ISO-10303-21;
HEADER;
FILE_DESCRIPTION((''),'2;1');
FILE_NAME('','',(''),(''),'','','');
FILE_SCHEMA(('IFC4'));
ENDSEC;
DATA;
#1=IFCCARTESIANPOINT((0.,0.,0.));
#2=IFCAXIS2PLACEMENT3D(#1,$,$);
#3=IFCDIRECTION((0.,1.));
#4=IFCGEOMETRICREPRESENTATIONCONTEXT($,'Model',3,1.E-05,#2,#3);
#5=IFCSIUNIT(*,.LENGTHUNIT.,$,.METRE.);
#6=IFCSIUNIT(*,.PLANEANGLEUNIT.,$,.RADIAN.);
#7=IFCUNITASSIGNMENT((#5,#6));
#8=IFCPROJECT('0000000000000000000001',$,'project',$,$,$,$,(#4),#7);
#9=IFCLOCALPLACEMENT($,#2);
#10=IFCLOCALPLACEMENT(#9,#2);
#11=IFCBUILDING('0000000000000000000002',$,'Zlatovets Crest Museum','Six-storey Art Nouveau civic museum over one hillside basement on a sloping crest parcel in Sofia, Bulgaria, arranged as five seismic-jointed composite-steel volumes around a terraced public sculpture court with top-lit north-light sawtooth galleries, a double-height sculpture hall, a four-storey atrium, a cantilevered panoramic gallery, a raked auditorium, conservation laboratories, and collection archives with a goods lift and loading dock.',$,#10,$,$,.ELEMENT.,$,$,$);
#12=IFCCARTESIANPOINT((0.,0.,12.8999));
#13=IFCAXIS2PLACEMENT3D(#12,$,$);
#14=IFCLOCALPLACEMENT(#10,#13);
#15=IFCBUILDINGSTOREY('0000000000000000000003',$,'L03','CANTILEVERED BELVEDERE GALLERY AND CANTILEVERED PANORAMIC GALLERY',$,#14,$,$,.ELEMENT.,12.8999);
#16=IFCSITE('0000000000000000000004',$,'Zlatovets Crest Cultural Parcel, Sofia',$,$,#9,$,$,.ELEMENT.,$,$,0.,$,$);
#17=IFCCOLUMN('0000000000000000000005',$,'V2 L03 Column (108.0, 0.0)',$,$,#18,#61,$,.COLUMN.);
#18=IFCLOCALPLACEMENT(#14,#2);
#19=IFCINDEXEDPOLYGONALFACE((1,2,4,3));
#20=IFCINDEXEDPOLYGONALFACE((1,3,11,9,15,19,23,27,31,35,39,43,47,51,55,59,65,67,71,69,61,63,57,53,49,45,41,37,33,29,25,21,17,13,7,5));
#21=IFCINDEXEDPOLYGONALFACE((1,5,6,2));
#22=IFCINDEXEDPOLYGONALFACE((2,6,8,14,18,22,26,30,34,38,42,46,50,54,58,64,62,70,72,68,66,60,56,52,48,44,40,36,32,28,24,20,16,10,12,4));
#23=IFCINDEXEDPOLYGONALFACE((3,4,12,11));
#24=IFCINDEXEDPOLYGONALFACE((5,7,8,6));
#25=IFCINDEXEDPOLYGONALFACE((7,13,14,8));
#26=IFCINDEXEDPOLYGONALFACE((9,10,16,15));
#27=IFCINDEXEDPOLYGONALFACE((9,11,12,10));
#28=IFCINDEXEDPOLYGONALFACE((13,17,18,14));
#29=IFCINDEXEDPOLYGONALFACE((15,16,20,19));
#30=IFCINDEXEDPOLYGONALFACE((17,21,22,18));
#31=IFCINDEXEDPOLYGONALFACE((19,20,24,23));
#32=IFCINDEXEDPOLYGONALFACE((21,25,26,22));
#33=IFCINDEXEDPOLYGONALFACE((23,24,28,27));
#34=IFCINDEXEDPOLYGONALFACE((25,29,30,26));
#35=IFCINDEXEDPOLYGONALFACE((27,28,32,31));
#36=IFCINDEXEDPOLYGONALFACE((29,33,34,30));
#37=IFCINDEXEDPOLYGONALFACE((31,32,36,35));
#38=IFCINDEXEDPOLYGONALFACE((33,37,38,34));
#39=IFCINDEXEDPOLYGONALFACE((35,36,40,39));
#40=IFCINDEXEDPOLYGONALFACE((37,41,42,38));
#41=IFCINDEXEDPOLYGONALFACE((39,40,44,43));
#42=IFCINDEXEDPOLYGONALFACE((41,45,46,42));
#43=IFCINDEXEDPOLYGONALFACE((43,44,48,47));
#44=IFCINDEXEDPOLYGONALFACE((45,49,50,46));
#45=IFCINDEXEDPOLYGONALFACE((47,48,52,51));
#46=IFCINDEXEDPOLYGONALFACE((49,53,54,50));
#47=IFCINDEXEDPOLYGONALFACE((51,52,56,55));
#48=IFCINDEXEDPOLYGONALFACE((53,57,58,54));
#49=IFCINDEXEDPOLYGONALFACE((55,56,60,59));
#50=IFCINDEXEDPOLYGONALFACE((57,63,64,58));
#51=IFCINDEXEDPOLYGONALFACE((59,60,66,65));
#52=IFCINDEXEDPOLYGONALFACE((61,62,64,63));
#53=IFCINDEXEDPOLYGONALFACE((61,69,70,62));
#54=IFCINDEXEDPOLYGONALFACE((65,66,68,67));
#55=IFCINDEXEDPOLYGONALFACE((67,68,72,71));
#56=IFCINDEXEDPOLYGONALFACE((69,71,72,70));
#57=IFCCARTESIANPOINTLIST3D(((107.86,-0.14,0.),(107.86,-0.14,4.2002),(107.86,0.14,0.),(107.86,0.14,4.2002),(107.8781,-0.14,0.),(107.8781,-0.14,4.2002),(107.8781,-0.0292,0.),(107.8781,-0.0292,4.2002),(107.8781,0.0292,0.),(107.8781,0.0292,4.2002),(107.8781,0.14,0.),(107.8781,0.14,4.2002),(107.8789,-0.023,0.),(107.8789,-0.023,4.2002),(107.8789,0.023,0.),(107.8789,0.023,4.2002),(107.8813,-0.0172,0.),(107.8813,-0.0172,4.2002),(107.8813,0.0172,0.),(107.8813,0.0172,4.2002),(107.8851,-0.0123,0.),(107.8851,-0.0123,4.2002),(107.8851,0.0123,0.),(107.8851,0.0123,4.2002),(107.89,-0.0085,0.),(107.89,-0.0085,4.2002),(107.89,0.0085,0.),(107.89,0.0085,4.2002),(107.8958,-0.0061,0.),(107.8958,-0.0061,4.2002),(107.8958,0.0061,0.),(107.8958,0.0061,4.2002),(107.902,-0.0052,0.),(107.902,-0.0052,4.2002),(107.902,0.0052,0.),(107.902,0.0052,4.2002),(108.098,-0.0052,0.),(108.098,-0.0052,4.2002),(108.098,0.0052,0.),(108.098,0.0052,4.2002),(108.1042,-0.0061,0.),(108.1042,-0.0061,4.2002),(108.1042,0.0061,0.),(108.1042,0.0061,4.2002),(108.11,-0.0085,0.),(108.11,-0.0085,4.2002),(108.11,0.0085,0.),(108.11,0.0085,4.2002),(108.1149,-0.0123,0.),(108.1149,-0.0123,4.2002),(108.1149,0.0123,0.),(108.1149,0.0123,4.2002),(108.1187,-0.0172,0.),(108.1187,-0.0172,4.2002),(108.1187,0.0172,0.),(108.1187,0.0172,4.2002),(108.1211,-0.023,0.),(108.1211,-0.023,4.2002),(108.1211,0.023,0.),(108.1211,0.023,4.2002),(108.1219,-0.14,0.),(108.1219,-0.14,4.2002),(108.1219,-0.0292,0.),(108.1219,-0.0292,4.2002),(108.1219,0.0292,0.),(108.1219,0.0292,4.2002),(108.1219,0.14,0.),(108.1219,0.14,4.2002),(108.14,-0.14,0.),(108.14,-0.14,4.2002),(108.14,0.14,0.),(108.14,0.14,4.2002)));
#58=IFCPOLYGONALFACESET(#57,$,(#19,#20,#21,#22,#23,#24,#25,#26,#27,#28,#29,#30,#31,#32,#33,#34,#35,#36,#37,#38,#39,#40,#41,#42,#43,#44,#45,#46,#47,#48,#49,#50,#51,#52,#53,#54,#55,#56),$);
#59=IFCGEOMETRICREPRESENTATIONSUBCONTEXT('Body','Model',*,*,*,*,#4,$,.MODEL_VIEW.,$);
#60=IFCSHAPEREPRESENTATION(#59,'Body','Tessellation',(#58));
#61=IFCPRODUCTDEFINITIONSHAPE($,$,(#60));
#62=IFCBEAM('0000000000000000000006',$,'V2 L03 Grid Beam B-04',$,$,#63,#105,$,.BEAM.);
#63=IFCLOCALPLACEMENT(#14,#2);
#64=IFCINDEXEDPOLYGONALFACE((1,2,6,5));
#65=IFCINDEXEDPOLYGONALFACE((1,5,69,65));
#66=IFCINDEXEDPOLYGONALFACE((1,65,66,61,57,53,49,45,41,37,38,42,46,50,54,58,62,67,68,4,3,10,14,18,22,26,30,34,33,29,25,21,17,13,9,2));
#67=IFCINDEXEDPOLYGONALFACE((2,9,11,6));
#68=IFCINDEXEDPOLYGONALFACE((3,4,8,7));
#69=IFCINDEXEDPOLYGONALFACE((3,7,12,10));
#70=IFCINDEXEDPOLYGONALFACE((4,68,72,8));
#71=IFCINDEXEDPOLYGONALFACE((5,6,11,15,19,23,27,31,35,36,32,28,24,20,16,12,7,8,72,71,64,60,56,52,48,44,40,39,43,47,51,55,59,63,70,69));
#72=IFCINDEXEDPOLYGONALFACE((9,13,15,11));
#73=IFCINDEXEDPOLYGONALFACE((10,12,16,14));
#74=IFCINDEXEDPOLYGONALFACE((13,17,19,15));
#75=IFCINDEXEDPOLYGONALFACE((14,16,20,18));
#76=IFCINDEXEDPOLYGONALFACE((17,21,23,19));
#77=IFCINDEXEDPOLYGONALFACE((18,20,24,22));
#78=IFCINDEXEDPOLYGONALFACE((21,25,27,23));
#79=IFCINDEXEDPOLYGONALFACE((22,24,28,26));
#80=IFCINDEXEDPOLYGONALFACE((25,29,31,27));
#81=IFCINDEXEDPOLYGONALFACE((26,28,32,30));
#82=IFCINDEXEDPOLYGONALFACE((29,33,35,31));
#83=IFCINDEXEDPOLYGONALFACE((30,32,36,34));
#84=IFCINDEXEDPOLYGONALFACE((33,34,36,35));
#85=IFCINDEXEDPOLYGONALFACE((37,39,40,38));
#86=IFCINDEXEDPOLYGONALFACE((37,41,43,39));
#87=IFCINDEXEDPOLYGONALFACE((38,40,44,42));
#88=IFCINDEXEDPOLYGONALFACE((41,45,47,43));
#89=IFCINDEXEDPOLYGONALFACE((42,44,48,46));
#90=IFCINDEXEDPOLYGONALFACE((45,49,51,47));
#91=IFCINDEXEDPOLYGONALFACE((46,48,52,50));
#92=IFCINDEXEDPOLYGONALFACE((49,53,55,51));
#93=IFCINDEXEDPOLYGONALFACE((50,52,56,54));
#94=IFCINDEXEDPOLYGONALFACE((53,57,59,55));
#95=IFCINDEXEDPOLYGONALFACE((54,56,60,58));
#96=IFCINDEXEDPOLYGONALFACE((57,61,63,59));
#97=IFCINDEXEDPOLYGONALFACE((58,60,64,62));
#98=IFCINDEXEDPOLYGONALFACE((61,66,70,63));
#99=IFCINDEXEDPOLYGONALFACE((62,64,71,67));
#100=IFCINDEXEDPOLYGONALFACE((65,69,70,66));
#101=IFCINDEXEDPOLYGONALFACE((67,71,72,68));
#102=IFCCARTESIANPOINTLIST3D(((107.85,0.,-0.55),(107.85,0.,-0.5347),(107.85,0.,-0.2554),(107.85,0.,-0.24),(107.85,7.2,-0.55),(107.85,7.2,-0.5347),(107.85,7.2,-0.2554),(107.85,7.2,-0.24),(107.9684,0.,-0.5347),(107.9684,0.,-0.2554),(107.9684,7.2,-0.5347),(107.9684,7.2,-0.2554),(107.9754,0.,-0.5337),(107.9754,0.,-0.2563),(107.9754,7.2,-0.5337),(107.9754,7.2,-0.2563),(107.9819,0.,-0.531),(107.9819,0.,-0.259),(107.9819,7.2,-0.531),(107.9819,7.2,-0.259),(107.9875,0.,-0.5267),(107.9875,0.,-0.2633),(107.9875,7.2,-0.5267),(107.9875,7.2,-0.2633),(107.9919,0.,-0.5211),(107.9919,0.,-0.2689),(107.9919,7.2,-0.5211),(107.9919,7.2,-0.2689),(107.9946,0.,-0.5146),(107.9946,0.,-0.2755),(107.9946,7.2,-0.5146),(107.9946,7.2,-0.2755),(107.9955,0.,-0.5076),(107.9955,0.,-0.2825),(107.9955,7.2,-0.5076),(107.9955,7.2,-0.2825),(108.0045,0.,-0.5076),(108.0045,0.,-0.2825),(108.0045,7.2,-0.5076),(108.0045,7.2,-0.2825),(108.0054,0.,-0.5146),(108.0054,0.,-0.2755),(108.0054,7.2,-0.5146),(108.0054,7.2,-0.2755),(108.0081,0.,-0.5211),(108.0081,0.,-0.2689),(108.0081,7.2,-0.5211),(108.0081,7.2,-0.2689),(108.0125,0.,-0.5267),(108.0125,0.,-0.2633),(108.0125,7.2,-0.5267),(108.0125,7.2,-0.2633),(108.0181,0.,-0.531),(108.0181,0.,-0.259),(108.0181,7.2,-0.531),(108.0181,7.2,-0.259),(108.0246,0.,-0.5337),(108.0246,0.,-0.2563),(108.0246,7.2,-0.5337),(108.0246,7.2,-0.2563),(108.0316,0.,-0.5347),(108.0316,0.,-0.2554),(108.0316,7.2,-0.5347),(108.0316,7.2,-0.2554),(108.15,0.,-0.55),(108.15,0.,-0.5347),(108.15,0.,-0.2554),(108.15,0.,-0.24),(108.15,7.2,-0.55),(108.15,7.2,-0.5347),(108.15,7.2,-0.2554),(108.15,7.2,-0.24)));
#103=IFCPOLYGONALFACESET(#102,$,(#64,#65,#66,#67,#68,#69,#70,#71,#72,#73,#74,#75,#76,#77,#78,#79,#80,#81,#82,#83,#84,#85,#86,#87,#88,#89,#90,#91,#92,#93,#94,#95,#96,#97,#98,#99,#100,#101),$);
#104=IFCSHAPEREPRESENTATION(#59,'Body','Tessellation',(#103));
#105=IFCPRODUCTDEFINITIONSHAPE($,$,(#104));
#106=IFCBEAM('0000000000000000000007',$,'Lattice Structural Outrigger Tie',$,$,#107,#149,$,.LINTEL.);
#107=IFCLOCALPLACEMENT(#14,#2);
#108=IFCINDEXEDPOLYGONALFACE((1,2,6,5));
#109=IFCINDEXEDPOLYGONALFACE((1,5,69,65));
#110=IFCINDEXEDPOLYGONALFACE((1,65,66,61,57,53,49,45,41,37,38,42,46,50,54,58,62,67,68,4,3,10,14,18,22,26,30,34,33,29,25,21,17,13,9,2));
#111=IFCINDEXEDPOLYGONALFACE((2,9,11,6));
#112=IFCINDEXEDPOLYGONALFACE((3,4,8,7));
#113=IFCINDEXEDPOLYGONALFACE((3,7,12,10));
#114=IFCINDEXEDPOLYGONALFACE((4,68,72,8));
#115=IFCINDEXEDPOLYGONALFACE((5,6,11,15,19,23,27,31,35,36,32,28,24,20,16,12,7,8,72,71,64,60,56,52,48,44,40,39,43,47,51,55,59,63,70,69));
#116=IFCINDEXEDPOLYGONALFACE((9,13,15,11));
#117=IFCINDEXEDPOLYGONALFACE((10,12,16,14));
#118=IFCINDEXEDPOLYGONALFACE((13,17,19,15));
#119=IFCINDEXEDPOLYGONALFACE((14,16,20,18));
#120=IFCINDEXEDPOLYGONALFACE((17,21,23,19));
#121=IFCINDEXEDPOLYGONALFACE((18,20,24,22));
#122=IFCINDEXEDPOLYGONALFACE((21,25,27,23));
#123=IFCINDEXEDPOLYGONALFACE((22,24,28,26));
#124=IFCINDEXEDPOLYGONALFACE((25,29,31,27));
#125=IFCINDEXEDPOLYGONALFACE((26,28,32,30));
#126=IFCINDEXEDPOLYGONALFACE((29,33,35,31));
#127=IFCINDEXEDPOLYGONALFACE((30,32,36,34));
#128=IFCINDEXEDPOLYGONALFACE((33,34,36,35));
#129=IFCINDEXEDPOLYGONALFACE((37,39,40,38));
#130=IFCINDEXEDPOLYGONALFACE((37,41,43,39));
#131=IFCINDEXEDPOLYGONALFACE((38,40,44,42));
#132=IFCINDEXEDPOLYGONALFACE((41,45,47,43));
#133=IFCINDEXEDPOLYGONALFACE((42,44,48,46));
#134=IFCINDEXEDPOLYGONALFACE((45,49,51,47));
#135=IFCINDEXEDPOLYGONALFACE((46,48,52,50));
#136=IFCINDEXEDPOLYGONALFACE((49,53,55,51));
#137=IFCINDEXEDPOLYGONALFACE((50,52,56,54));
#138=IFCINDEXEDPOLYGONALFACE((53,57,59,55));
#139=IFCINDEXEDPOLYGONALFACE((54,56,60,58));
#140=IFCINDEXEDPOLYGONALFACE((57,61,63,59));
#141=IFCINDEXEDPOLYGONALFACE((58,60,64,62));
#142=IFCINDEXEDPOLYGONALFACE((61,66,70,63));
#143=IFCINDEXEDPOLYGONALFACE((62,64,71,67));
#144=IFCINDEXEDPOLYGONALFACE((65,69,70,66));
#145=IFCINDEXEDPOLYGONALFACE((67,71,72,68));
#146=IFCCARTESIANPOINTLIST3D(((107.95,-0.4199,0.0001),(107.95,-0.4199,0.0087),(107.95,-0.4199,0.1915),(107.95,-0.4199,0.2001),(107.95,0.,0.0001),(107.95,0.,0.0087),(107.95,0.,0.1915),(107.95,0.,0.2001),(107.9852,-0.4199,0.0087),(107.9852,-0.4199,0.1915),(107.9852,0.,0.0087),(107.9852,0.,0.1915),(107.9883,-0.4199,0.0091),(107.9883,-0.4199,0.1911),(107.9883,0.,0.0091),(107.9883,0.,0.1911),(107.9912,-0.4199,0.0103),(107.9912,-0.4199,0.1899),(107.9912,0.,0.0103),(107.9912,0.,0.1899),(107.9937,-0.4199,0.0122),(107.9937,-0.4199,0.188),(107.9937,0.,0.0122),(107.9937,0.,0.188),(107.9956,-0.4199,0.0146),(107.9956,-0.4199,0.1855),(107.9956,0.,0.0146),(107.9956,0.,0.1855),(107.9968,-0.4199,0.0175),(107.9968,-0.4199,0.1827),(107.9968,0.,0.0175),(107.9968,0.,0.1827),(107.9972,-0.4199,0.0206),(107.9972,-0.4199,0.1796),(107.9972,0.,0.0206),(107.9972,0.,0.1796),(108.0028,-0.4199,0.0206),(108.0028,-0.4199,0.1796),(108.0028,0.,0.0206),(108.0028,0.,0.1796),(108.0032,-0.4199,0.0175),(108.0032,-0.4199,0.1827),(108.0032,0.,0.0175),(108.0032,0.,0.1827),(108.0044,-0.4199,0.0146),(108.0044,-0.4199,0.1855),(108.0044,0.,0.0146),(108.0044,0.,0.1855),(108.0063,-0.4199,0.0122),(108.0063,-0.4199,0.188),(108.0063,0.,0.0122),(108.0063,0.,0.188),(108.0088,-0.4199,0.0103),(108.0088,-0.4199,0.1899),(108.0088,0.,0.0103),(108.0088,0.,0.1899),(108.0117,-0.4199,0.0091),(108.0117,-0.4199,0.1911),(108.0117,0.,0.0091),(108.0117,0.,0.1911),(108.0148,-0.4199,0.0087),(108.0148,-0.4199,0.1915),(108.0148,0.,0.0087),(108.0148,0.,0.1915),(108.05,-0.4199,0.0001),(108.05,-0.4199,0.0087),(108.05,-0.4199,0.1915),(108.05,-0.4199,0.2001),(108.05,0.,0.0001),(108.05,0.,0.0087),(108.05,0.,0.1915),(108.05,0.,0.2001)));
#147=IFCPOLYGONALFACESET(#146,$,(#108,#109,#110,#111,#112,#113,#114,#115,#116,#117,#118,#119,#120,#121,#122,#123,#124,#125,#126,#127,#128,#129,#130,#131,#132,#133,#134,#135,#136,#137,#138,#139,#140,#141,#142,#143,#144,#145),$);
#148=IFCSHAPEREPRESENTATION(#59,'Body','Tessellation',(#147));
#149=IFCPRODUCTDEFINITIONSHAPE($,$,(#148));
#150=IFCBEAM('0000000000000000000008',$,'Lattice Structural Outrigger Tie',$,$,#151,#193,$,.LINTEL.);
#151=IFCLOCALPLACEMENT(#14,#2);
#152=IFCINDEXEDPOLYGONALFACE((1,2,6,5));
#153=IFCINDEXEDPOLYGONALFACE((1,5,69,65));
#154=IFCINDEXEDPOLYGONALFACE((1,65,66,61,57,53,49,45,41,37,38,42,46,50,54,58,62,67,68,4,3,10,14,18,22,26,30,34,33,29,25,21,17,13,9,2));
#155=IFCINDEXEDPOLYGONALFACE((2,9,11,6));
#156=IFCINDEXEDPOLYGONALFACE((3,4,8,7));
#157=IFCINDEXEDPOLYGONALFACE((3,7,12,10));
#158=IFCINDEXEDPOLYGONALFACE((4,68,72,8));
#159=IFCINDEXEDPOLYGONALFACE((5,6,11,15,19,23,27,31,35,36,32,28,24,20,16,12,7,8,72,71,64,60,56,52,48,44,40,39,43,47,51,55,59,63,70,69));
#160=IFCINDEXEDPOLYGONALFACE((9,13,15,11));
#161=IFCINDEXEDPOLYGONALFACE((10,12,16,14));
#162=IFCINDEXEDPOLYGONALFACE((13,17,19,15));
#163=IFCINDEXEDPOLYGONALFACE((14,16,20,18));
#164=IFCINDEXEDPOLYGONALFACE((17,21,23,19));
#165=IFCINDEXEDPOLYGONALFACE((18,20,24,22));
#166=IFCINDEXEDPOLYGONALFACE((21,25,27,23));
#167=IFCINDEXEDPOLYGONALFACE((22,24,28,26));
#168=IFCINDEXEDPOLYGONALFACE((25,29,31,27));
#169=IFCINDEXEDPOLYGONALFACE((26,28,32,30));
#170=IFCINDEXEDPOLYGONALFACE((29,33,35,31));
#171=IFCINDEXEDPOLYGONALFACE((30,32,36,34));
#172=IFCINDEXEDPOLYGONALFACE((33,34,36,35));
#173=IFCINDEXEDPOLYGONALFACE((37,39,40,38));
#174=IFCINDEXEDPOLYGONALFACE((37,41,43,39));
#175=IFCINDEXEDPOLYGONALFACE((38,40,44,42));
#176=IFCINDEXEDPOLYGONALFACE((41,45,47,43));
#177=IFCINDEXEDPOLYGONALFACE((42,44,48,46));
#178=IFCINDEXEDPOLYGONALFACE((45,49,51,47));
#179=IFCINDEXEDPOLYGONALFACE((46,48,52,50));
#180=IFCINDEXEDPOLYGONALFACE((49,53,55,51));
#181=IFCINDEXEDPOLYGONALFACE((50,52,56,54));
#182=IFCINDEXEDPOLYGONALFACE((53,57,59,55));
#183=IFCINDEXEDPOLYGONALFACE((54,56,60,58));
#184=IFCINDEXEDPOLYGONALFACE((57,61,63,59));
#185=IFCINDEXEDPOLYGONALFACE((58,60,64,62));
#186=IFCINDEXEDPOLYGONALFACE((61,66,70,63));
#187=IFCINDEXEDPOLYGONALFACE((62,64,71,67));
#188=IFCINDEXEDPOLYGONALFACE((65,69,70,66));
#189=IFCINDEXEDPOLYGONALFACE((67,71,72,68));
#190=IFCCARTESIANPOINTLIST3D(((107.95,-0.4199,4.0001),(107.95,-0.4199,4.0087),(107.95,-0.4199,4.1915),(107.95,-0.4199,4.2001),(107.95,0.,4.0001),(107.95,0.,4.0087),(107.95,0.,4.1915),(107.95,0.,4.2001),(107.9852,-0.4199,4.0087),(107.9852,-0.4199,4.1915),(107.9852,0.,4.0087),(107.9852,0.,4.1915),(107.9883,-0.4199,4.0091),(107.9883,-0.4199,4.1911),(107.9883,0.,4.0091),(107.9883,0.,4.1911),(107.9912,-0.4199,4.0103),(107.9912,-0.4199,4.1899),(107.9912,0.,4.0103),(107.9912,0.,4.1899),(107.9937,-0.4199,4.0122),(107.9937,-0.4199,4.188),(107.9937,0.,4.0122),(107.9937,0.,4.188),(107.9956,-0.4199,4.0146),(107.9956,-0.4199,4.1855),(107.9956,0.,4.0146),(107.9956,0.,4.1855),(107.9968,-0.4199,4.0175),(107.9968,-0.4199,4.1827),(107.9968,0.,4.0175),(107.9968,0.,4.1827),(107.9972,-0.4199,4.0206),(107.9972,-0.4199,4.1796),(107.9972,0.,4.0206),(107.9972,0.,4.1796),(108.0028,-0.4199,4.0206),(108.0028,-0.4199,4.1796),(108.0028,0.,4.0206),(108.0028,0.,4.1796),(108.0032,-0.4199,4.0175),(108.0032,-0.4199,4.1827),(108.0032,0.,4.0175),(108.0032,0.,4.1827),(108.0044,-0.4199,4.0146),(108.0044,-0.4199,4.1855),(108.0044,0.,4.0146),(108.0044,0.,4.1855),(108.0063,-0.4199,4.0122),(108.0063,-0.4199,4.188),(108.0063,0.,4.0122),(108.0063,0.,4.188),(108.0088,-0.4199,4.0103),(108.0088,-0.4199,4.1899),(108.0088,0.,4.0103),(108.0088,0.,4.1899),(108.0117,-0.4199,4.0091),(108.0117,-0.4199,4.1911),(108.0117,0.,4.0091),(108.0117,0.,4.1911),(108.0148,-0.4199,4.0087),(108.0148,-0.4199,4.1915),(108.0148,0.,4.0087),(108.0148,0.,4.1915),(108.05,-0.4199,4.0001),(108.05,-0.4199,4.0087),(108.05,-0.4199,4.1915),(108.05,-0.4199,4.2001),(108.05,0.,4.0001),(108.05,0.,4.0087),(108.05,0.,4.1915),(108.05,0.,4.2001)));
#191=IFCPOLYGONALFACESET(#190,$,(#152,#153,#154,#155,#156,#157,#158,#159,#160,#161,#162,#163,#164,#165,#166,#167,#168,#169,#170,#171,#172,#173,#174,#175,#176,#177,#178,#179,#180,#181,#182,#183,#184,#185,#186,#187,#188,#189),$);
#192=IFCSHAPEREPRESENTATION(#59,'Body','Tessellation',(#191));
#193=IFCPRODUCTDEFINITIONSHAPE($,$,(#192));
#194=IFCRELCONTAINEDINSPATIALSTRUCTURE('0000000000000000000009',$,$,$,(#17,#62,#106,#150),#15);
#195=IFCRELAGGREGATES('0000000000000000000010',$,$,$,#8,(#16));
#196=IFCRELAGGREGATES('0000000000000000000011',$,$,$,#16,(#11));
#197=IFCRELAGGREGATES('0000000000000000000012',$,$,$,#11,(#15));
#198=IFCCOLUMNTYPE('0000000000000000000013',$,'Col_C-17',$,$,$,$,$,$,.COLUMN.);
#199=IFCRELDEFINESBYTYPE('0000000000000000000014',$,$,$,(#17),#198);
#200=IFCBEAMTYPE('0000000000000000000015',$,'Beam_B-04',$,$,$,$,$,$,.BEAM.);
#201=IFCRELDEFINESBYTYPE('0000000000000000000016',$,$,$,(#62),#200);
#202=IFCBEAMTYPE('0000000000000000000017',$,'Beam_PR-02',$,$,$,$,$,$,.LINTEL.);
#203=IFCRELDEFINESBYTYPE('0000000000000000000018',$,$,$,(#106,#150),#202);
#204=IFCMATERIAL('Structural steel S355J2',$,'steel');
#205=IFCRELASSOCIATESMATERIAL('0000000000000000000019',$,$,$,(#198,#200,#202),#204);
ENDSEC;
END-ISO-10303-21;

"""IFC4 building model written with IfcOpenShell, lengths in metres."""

from ifc_helpers import new_model, si_unit, direction, frame, origin, origin_2d, place, context, subcontext, project, spatial, i_section, extrude, material, material_profile, profile_set, type_object, element, save


model = new_model("IFC4")

# Units and contexts
model_context = context("Model", 3, precision=1e-05, world=origin(), true_north=direction((0.0, 1.0)))
body_context = subcontext(model_context, "Body", "Model", "MODEL_VIEW")
ifc_project = project(units=[si_unit("LENGTHUNIT", "METRE"), si_unit("PLANEANGLEUNIT", "RADIAN")], contexts=[model_context])

# Site, building, storey
site_placement = place(None, origin())
site = spatial("IfcSite", under=ifc_project, at=site_placement, Name="Zlatovets Crest Cultural Parcel, Sofia", CompositionType="ELEMENT", RefElevation=0.0)
building_placement = place(site_placement, origin())
building = spatial("IfcBuilding", under=site, at=building_placement, Name="Zlatovets Crest Museum", Description="Six-storey Art Nouveau civic museum over one hillside basement on a sloping crest parcel in Sofia, Bulgaria, arranged as five seismic-jointed composite-steel volumes around a terraced public sculpture court with top-lit north-light sawtooth galleries, a double-height sculpture hall, a four-storey atrium, a cantilevered panoramic gallery, a raked auditorium, conservation laboratories, and collection archives with a goods lift and loading dock.", CompositionType="ELEMENT")
storey_placement = place(building_placement, frame((0.0, 0.0, 12.8999)))
storey = spatial("IfcBuildingStorey", under=building, at=storey_placement, Name="L03", Description="CANTILEVERED BELVEDERE GALLERY AND CANTILEVERED PANORAMIC GALLERY", CompositionType="ELEMENT", Elevation=12.8999)

# Column
ifc_material_1 = material(Name="Structural steel S355J2", Category="steel")
ifc_material_profile_1 = material_profile(ifc_material_1, i_section(OverallWidth=0.28, OverallDepth=0.28, WebThickness=0.0105, FlangeThickness=0.0181, FilletRadius=0.0239, at=origin_2d()), Name="HEB 280")
ifc_profile_set_1 = profile_set([ifc_material_profile_1], Name="Structural steel S355J2")
column_type = type_object("IfcColumnType", Name="Col_C-17", PredefinedType="COLUMN", material=ifc_profile_set_1)
column_placement = place(storey_placement, frame((108.0, 0.0, 0.0), z_axis=(0.0, 0.0, 1.0), x_axis=(0.0, 1.0, 0.0)))
element("IfcColumn", 1, at=column_placement, inside=storey, type_object=column_type, Name="V2 L03 Column (108.0, 0.0)", PredefinedType="COLUMN", context=body_context, shape_type="SweptSolid", body=[
    extrude(i_section(OverallWidth=0.28, OverallDepth=0.28, WebThickness=0.0105, FlangeThickness=0.0181, FilletRadius=0.0239, at=origin_2d()), origin(), (0.0, 0.0, 1.0), 4.2002),
])

# Beams
ifc_material_profile_2 = material_profile(ifc_material_1, i_section(OverallWidth=0.3, OverallDepth=0.3101, WebThickness=0.009, FlangeThickness=0.0154, FilletRadius=0.0271, at=origin_2d()), Name="HEA 320")
ifc_profile_set_2 = profile_set([ifc_material_profile_2], Name="Structural steel S355J2")
beam_type_1 = type_object("IfcBeamType", Name="Beam_B-04", PredefinedType="BEAM", material=ifc_profile_set_2)
beam_placement = place(storey_placement, frame((108.0, 0.0, -0.395), z_axis=(0.0, 1.0, 0.0), x_axis=(-1.0, 0.0, 0.0)))
element("IfcBeam", 2, at=beam_placement, inside=storey, type_object=beam_type_1, Name="V2 L03 Grid Beam B-04", PredefinedType="BEAM", context=body_context, shape_type="SweptSolid", body=[
    extrude(i_section(OverallWidth=0.3, OverallDepth=0.3101, WebThickness=0.009, FlangeThickness=0.0154, FilletRadius=0.0271, at=origin_2d()), origin(), (0.0, 0.0, 1.0), 7.2),
])
ifc_material_profile_3 = material_profile(ifc_material_1, i_section(OverallWidth=0.1001, OverallDepth=0.2, WebThickness=0.0056, FlangeThickness=0.0085, FilletRadius=0.012, at=origin_2d()), Name="IPE 200")
ifc_profile_set_3 = profile_set([ifc_material_profile_3], Name="Structural steel S355J2")
beam_type_2 = type_object("IfcBeamType", Name="Beam_PR-02", PredefinedType="LINTEL", material=ifc_profile_set_3)
for number, where, z_axis, x_axis, name in (
    (3, (108.0, 0.0, 0.1001), (0.0, -1.0, 0.0), (1.0, 0.0, 0.0), "Lattice Structural Outrigger Tie"),
    (4, (108.0, 0.0, 4.1001), (0.0, -1.0, 0.0), (1.0, 0.0, 0.0), "Lattice Structural Outrigger Tie"),
):
    element("IfcBeam", number, at=place(storey_placement, frame(where, z_axis=z_axis, x_axis=x_axis)), inside=storey, type_object=beam_type_2, Name=name, PredefinedType="LINTEL", context=body_context, shape_type="SweptSolid", body=[
        extrude(i_section(OverallWidth=0.1001, OverallDepth=0.2, WebThickness=0.0056, FlangeThickness=0.0085, FilletRadius=0.012, at=origin_2d()), origin(), (0.0, 0.0, 1.0), 0.4199),
    ])

save(model, "model.ifc")
